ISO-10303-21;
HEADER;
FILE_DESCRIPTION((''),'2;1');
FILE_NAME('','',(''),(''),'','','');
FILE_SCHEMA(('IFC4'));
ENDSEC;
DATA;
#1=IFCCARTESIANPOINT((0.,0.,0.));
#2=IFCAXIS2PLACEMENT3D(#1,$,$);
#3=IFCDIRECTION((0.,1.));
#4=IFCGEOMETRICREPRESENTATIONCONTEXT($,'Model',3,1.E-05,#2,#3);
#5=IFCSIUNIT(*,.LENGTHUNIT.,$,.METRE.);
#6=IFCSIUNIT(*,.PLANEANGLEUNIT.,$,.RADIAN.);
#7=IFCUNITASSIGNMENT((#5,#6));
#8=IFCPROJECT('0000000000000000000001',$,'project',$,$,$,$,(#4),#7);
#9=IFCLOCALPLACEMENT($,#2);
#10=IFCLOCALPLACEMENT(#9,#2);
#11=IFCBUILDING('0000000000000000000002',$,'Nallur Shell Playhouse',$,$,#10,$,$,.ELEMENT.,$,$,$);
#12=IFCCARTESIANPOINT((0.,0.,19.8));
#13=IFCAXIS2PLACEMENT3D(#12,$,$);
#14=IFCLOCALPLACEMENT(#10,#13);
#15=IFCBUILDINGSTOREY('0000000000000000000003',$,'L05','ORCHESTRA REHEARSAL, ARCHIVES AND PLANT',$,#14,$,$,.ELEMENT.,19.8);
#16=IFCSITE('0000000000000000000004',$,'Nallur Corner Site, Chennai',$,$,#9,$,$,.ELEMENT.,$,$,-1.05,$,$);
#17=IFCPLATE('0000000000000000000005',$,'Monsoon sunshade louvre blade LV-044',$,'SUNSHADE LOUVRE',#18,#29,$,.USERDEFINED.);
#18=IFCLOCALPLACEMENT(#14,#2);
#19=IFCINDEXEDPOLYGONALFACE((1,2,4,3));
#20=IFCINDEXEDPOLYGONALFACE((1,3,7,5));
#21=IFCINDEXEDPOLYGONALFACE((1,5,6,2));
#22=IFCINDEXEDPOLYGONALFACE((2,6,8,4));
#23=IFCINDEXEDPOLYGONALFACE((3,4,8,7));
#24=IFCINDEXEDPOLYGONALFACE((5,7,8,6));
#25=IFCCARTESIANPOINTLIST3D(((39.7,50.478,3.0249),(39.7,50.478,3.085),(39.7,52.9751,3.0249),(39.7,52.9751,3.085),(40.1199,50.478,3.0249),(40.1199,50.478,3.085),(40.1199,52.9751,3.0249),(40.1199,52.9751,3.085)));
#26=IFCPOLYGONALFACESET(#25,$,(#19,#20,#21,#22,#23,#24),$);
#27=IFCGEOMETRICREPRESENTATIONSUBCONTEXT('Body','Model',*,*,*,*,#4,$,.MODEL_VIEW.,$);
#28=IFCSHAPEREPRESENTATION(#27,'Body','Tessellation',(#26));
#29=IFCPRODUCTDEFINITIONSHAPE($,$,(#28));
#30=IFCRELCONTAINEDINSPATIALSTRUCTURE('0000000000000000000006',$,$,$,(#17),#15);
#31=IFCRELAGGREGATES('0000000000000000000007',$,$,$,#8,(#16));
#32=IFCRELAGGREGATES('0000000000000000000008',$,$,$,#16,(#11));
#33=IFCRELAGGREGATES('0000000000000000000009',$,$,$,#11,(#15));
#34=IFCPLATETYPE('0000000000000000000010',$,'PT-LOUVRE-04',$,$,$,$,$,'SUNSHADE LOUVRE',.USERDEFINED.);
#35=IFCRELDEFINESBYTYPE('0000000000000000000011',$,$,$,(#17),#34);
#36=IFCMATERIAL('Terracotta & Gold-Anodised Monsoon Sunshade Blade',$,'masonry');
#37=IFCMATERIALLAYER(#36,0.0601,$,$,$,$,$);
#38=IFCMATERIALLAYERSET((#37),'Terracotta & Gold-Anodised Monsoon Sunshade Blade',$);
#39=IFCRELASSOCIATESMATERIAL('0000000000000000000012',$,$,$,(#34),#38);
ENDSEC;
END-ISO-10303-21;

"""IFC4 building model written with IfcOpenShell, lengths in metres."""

from ifc_helpers import new_model, si_unit, direction, frame, origin, origin_2d, place, context, subcontext, project, spatial, rectangle, extrude, material, layer, layer_set, type_object, element, save


model = new_model("IFC4")

# Units and contexts
model_context = context("Model", 3, precision=1e-05, world=origin(), true_north=direction((0.0, 1.0)))
body_context = subcontext(model_context, "Body", "Model", "MODEL_VIEW")
ifc_project = project(units=[si_unit("LENGTHUNIT", "METRE"), si_unit("PLANEANGLEUNIT", "RADIAN")], contexts=[model_context])

# Site, building, storey
site_placement = place(None, origin())
site = spatial("IfcSite", under=ifc_project, at=site_placement, Name="Nallur Corner Site, Chennai", CompositionType="ELEMENT", RefElevation=-1.05)
building_placement = place(site_placement, origin())
building = spatial("IfcBuilding", under=site, at=building_placement, Name="Nallur Shell Playhouse", CompositionType="ELEMENT")
storey_placement = place(building_placement, frame((0.0, 0.0, 19.8)))
storey = spatial("IfcBuildingStorey", under=building, at=storey_placement, Name="L05", Description="ORCHESTRA REHEARSAL, ARCHIVES AND PLANT", CompositionType="ELEMENT", Elevation=19.8)

# Plate
ifc_material_1 = material(Name="Terracotta & Gold-Anodised Monsoon Sunshade Blade", Category="masonry")
ifc_layer_1 = layer(ifc_material_1, 0.0601)
ifc_layer_set_1 = layer_set([ifc_layer_1], Name="Terracotta & Gold-Anodised Monsoon Sunshade Blade")
plate_type_1 = type_object("IfcPlateType", Name="PT-LOUVRE-04", ElementType="SUNSHADE LOUVRE", PredefinedType="USERDEFINED", material=ifc_layer_set_1)
plate_1_placement = place(storey_placement, frame((39.9099, 51.7266, 3.0249), z_axis=(0.0, 0.0, 1.0), x_axis=(0.0, -1.0, 0.0)))
element("IfcPlate", 1, at=plate_1_placement, inside=storey, type_object=plate_type_1, Name="Monsoon sunshade louvre blade LV-044", ObjectType="SUNSHADE LOUVRE", PredefinedType="USERDEFINED", context=body_context, shape_type="SweptSolid", body=[
    extrude(rectangle(XDim=2.4971, YDim=0.4199, at=origin_2d()), origin(), (0.0, 0.0, 1.0), 0.0601),
])

save(model, "model.ifc")
